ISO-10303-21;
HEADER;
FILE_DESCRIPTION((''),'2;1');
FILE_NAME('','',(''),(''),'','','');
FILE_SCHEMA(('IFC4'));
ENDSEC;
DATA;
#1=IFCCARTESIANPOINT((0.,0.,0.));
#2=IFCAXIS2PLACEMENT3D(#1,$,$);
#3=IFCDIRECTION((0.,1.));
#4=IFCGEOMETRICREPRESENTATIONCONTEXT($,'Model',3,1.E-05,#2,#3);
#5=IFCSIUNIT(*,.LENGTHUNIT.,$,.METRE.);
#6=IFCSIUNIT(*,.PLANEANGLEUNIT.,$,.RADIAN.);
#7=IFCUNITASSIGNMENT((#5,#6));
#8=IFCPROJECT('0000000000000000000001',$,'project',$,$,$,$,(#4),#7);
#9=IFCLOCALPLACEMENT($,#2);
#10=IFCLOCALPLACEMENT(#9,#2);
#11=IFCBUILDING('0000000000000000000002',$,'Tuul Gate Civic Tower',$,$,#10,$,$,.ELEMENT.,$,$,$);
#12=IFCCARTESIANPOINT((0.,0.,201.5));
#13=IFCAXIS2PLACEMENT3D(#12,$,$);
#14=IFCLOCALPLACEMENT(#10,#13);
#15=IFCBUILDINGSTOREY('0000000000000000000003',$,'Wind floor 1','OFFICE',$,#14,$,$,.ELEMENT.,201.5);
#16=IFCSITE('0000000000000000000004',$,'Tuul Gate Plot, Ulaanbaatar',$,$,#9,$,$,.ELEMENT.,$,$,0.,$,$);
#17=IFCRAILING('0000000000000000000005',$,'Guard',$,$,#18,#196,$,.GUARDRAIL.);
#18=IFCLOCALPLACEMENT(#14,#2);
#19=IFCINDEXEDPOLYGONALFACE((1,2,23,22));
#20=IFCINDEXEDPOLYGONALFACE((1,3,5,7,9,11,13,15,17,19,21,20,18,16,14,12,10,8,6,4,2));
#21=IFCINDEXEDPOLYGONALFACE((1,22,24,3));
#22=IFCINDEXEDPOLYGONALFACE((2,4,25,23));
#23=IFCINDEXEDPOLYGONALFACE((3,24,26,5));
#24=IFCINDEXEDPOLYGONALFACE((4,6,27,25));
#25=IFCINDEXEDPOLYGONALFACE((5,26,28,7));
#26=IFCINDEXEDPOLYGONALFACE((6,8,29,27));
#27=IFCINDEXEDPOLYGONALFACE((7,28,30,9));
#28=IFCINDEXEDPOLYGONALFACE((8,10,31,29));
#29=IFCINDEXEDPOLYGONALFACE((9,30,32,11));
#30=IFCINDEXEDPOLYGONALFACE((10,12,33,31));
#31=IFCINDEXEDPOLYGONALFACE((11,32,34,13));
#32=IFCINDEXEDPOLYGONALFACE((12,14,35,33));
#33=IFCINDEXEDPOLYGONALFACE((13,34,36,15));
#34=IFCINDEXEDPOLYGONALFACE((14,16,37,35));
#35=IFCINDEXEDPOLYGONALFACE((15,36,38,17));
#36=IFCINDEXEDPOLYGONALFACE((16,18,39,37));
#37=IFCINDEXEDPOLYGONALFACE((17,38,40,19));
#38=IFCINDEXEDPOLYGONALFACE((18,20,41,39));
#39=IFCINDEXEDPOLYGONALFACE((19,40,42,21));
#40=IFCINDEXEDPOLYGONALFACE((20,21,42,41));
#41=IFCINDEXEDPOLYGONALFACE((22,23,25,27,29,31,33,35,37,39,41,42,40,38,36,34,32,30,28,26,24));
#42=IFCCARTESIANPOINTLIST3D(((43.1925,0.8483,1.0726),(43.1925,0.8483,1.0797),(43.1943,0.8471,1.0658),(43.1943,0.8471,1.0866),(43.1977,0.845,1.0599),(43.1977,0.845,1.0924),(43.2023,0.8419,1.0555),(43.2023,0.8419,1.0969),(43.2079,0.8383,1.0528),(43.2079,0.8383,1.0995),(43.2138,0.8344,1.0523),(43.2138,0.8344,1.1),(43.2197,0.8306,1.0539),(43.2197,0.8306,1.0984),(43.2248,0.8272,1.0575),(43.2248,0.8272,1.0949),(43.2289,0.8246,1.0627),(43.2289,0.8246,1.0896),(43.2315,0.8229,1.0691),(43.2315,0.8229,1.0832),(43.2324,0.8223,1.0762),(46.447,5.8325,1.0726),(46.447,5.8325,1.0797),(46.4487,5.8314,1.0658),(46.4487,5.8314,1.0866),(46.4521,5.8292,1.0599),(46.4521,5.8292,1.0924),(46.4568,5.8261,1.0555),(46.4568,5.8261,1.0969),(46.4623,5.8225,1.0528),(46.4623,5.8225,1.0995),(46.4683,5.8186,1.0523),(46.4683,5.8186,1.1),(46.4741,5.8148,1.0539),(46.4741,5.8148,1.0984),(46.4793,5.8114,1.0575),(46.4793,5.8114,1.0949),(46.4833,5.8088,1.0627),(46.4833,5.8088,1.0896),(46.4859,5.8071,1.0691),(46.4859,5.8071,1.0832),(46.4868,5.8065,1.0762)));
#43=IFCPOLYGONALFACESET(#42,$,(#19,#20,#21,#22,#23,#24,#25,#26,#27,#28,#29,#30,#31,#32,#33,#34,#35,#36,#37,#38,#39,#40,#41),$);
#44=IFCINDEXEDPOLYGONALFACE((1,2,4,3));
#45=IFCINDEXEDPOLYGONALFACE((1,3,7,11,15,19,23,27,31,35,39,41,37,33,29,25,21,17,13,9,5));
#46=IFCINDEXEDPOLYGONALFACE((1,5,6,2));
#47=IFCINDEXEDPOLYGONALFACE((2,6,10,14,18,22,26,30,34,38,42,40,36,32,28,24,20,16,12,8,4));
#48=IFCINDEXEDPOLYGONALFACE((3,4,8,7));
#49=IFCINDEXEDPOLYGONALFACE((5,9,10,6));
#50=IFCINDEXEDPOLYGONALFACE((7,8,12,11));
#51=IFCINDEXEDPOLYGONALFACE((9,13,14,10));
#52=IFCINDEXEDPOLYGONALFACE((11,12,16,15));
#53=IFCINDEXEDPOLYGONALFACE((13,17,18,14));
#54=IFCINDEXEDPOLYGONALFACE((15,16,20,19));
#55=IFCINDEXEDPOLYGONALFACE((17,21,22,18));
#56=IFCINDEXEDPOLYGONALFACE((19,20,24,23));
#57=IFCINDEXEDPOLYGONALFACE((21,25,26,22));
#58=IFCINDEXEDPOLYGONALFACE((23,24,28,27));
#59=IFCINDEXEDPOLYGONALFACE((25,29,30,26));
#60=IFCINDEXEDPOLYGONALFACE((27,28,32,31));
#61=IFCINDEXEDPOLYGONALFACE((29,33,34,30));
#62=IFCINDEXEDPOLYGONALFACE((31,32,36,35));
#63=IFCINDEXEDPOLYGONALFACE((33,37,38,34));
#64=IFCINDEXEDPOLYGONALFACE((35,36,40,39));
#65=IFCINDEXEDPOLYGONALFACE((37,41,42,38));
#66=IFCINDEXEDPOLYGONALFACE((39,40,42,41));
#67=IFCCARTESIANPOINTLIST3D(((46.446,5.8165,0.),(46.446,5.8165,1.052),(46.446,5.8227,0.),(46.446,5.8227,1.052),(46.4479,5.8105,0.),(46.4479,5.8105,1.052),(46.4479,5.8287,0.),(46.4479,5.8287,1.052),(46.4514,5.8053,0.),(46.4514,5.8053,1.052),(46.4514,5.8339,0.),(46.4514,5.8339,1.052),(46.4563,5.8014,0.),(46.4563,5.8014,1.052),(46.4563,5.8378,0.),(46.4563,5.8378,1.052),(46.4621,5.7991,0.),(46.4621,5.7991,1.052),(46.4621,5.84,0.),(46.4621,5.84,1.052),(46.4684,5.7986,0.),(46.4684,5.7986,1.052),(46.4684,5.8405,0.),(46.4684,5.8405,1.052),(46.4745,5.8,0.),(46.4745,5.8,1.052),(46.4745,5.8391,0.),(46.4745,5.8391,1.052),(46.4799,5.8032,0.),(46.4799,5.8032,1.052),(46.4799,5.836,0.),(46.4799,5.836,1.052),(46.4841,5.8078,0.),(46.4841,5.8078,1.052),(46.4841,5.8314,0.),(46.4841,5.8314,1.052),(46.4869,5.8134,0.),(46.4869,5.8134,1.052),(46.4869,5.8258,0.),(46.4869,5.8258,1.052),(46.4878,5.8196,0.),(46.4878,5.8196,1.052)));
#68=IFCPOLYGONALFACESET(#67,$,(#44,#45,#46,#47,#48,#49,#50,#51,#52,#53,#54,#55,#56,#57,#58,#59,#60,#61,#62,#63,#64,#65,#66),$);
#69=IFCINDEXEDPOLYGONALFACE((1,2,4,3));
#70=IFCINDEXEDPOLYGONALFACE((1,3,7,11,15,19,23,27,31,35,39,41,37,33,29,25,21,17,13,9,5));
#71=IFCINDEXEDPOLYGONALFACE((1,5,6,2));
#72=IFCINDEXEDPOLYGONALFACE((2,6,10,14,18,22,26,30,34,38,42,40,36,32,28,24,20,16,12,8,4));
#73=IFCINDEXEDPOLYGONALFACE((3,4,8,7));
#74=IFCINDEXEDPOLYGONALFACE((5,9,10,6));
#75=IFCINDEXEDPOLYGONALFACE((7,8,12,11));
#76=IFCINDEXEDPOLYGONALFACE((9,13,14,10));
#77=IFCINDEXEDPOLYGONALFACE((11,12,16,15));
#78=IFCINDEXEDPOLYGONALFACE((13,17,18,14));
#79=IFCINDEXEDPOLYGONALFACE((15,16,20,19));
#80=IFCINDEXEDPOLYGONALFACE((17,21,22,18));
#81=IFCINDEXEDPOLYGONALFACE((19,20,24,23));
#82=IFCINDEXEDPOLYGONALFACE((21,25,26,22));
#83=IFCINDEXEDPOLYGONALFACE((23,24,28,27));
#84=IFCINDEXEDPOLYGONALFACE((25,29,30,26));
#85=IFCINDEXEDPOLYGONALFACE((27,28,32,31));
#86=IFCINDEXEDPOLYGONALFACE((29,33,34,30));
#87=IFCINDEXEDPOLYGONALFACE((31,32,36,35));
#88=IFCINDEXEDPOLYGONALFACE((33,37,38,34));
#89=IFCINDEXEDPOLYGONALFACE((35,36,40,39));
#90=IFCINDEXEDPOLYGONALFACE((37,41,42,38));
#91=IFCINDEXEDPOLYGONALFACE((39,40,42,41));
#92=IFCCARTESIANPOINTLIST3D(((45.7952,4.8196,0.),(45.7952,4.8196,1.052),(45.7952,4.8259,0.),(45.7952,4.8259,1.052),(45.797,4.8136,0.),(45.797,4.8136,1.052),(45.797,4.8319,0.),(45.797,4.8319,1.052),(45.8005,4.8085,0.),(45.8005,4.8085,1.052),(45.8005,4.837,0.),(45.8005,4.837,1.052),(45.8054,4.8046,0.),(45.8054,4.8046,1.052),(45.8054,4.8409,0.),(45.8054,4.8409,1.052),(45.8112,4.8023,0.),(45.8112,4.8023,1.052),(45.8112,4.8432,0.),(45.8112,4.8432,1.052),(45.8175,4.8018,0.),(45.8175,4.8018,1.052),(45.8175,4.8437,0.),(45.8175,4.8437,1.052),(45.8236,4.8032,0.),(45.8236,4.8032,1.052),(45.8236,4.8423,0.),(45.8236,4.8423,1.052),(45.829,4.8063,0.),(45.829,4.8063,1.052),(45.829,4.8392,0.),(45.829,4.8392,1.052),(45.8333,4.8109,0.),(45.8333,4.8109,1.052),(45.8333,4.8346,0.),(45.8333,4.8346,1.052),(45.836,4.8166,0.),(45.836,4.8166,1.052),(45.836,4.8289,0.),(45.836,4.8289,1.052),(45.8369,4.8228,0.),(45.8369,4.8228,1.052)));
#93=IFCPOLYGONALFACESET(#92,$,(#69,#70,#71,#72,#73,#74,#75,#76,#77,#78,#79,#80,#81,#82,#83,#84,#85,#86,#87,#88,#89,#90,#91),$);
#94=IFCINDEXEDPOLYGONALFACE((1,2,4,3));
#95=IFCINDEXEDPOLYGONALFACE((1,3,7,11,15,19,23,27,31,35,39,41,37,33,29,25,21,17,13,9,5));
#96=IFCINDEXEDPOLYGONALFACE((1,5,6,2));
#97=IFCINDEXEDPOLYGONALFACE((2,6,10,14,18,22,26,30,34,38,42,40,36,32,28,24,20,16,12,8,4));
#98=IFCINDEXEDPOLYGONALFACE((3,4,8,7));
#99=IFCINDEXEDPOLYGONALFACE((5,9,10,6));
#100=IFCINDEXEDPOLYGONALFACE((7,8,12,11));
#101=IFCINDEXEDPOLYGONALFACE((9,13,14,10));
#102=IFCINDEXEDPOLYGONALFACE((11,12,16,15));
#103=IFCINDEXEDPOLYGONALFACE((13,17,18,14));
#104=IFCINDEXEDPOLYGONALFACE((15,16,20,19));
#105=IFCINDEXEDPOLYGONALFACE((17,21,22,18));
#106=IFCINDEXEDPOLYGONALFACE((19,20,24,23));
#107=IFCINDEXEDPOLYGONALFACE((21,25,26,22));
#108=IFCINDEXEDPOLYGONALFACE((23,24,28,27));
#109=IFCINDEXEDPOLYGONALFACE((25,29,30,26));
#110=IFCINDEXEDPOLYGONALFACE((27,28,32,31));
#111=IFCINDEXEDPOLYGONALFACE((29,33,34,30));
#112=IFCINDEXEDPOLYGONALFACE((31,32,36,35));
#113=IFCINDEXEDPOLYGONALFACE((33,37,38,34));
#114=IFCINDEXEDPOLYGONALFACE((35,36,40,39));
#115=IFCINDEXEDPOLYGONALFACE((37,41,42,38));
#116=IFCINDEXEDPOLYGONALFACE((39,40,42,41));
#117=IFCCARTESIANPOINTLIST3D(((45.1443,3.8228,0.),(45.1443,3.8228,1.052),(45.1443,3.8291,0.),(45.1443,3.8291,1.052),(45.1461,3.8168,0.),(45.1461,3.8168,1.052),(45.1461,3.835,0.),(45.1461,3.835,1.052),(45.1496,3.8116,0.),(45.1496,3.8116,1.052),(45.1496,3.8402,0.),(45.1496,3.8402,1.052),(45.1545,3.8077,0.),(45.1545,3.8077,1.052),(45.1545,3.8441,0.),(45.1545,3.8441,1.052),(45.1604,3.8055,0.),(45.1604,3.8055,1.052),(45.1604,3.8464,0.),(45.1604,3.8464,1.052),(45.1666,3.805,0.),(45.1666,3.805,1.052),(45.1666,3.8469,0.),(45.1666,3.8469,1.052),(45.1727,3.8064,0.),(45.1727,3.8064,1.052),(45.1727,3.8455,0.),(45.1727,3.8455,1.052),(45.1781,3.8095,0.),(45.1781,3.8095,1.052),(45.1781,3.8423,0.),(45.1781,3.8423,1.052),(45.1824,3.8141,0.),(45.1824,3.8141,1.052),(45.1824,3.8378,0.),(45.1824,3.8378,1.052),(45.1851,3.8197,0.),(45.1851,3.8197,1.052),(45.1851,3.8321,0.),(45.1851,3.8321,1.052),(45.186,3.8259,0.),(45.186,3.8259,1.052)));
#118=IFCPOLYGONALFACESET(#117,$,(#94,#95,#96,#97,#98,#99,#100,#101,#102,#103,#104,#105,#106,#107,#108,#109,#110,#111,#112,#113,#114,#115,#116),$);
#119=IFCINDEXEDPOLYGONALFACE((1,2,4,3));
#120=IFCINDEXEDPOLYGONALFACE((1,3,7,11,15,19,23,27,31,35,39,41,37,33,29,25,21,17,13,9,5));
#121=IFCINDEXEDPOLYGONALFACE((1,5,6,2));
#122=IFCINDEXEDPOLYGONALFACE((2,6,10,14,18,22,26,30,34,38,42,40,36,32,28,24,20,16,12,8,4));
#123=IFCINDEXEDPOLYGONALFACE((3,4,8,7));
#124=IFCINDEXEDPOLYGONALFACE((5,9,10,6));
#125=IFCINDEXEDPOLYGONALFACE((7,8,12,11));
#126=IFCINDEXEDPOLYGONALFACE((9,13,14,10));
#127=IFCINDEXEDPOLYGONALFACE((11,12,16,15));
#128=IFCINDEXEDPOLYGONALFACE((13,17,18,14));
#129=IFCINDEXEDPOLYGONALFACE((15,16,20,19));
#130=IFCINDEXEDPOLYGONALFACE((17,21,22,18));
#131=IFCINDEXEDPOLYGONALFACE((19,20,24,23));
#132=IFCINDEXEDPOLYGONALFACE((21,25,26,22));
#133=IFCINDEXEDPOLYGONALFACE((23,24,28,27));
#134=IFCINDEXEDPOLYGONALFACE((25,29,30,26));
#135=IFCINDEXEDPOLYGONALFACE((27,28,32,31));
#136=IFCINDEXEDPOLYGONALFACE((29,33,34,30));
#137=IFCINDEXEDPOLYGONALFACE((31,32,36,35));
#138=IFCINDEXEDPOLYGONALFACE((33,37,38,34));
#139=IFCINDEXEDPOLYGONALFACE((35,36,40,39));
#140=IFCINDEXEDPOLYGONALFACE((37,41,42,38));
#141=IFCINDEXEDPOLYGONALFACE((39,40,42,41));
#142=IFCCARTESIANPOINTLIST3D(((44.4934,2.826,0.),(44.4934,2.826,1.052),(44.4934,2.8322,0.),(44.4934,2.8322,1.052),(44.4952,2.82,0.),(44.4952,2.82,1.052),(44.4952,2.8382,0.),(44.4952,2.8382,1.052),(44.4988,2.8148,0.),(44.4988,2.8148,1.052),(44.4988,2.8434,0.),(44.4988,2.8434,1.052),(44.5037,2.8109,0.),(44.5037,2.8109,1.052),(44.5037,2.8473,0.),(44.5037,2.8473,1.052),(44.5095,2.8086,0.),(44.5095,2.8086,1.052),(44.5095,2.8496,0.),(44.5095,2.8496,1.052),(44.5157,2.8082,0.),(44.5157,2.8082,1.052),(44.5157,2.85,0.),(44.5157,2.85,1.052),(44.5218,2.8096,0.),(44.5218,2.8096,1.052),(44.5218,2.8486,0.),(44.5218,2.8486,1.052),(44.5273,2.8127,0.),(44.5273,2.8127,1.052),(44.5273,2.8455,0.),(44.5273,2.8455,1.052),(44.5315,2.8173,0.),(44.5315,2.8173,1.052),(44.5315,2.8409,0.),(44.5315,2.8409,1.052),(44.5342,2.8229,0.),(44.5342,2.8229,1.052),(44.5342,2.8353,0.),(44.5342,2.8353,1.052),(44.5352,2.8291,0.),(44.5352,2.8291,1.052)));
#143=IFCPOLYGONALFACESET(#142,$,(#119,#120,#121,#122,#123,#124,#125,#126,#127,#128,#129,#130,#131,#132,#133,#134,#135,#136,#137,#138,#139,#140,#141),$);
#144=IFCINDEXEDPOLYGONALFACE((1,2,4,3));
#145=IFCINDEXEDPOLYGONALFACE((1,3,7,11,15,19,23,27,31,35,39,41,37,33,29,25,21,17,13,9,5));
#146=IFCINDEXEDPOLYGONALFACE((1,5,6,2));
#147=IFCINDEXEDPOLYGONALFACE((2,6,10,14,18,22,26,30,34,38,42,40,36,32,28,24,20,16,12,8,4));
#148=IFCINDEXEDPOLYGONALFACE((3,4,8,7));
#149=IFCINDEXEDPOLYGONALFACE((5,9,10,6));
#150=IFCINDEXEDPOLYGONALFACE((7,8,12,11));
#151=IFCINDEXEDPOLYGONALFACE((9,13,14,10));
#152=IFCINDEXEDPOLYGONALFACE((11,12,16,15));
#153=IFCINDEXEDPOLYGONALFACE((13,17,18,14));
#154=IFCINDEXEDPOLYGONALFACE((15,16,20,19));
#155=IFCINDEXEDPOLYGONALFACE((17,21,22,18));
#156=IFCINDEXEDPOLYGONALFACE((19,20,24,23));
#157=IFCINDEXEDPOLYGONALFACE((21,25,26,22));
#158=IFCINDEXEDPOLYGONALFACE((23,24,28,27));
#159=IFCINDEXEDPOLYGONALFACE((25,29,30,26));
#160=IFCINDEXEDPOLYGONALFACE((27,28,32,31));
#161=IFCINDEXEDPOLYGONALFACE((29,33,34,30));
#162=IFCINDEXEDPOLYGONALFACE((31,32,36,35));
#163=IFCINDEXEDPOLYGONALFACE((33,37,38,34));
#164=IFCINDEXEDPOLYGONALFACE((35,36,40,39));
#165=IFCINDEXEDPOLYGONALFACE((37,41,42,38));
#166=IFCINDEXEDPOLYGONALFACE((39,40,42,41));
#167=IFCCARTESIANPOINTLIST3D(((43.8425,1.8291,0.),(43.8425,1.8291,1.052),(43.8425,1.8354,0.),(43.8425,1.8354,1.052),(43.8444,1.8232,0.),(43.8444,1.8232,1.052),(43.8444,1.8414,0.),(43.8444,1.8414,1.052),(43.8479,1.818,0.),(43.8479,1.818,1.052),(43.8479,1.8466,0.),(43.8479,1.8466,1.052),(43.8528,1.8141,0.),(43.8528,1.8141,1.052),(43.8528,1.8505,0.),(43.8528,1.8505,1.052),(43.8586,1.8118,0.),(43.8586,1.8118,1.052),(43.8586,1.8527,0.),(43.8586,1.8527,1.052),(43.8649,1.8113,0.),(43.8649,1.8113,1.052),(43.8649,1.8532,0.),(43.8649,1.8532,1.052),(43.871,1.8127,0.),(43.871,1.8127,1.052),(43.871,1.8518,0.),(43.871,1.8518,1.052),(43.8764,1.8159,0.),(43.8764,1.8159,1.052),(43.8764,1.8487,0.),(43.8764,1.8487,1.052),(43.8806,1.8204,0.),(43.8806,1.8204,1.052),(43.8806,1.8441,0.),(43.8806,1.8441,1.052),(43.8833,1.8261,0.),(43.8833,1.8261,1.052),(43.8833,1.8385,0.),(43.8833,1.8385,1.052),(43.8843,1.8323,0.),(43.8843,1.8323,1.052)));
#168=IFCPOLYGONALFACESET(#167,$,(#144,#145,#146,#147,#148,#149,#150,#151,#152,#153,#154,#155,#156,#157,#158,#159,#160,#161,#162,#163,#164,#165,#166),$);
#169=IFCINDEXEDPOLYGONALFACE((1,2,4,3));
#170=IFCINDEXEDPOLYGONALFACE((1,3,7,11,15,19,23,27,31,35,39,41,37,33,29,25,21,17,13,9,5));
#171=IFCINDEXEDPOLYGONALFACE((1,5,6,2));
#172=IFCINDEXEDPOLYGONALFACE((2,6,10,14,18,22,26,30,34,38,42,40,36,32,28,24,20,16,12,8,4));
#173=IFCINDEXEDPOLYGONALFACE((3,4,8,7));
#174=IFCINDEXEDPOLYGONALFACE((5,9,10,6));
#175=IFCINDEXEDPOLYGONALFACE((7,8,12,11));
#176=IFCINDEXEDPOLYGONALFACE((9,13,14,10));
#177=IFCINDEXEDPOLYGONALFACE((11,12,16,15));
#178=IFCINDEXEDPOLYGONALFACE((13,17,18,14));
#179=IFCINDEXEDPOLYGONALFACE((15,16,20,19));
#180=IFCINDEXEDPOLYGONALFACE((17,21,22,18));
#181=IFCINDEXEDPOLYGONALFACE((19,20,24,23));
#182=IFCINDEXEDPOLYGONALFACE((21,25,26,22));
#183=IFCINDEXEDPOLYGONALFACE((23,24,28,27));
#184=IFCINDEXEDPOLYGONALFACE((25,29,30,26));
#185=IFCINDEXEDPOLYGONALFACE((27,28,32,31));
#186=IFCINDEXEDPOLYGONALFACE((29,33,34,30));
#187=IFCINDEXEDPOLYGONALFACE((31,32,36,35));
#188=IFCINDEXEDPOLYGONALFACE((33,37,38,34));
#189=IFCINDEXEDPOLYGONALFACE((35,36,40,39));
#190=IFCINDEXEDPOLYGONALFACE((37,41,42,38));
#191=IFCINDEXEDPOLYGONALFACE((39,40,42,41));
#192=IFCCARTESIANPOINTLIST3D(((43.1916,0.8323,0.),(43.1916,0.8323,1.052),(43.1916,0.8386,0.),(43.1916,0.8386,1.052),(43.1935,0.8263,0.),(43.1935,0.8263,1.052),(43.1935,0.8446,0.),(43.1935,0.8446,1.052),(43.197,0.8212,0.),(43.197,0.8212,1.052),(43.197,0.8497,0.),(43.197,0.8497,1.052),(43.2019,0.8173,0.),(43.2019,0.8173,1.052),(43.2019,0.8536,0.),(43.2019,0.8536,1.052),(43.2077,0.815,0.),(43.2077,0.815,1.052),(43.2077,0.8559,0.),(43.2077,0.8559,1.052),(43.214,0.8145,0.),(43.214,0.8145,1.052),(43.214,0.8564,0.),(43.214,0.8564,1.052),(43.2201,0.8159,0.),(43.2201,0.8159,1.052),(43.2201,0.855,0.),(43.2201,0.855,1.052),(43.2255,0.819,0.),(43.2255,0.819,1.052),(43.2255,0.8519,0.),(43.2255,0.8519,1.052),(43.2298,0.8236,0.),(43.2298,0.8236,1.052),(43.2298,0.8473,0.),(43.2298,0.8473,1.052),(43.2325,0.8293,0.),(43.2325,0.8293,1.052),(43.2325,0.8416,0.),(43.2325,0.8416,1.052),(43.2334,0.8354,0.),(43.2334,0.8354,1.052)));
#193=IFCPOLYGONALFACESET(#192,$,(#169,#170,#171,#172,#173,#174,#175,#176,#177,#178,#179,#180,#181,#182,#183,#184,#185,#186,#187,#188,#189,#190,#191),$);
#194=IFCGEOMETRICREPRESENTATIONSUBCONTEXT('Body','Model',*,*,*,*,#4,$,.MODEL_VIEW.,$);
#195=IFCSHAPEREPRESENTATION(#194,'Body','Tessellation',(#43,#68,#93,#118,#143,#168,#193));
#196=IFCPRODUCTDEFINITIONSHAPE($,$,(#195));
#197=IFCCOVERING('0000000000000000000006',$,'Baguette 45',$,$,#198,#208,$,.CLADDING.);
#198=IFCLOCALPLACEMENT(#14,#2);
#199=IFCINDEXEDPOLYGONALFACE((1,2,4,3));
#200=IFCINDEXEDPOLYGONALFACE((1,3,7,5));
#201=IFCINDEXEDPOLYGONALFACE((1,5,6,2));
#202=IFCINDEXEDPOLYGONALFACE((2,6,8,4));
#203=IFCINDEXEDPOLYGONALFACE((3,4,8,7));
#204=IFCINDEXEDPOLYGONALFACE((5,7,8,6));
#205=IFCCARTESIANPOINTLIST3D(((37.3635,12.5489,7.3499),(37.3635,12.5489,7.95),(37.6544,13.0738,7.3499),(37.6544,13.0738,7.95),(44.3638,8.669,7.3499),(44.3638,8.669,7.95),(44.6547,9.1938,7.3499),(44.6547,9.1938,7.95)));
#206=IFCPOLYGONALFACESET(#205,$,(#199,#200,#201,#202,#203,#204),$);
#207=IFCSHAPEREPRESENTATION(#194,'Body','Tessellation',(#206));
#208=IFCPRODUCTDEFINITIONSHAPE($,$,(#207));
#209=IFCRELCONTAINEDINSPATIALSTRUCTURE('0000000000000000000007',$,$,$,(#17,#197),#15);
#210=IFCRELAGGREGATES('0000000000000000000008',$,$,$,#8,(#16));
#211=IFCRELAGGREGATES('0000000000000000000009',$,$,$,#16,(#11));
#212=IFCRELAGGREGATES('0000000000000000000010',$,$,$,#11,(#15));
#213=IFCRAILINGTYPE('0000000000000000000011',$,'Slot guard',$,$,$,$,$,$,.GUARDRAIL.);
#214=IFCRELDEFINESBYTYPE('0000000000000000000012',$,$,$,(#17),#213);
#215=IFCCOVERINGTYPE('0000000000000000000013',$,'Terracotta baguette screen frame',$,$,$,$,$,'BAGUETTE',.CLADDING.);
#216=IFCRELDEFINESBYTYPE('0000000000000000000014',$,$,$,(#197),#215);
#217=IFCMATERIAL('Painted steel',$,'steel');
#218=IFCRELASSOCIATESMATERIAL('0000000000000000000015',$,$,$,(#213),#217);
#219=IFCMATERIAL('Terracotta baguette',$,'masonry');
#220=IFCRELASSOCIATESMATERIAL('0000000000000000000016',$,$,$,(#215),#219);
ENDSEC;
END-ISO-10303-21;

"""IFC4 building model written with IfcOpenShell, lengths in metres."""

from ifc_helpers import new_model, si_unit, direction, frame, origin, origin_2d, place, context, subcontext, project, spatial, rectangle, circle, extrude, material, material_profile, profile_set, type_object, element, save


model = new_model("IFC4")

# Units and contexts
model_context = context("Model", 3, precision=1e-05, world=origin(), true_north=direction((0.0, 1.0)))
body_context = subcontext(model_context, "Body", "Model", "MODEL_VIEW")
ifc_project = project(units=[si_unit("LENGTHUNIT", "METRE"), si_unit("PLANEANGLEUNIT", "RADIAN")], contexts=[model_context])

# Site, building, storey
site_placement = place(None, origin())
site = spatial("IfcSite", under=ifc_project, at=site_placement, Name="Tuul Gate Plot, Ulaanbaatar", CompositionType="ELEMENT", RefElevation=0.0)
building_placement = place(site_placement, origin())
building = spatial("IfcBuilding", under=site, at=building_placement, Name="Tuul Gate Civic Tower", CompositionType="ELEMENT")
storey_placement = place(building_placement, frame((0.0, 0.0, 201.5)))
storey = spatial("IfcBuildingStorey", under=building, at=storey_placement, Name="Wind floor 1", Description="OFFICE", CompositionType="ELEMENT", Elevation=201.5)

# Railing
ifc_material_1 = material(Name="Painted steel", Category="steel")
railing_type = type_object("IfcRailingType", Name="Slot guard", PredefinedType="GUARDRAIL", material=ifc_material_1)
railing_1_placement = place(storey_placement, frame((46.4668, 5.8196, 0.0)))
element("IfcRailing", 1, at=railing_1_placement, inside=storey, type_object=railing_type, Name="Guard", PredefinedType="GUARDRAIL", context=body_context, shape_type="SweptSolid", body=[
    extrude(circle(Radius=0.0239, at=origin_2d()), frame((0.0, 0.0, 1.0762), z_axis=(-0.546724, -0.837313, 0.0), x_axis=(0.837313, -0.546724, 0.0)), (0.0, 0.0, 1.0), 5.9526),
    extrude(circle(Radius=0.021, at=origin_2d()), origin(), (0.0, 0.0, 1.0), 1.052),
    extrude(circle(Radius=0.021, at=origin_2d()), frame((-0.6509, -0.9968, 0.0)), (0.0, 0.0, 1.0), 1.052),
    extrude(circle(Radius=0.021, at=origin_2d()), frame((-1.3018, -1.9937, 0.0)), (0.0, 0.0, 1.0), 1.052),
    extrude(circle(Radius=0.021, at=origin_2d()), frame((-1.9526, -2.9905, 0.0)), (0.0, 0.0, 1.0), 1.052),
    extrude(circle(Radius=0.021, at=origin_2d()), frame((-2.6035, -3.9873, 0.0)), (0.0, 0.0, 1.0), 1.052),
    extrude(circle(Radius=0.021, at=origin_2d()), frame((-3.2544, -4.9841, 0.0)), (0.0, 0.0, 1.0), 1.052),
])

# Covering
ifc_material_2 = material(Name="Terracotta baguette", Category="masonry")
ifc_material_profile_1 = material_profile(ifc_material_2, rectangle(XDim=0.6001, YDim=0.6001, at=origin_2d()), Name="Terracotta baguette screen frame")
ifc_profile_set_1 = profile_set([ifc_material_profile_1], Name="Terracotta baguette")
covering_type = type_object("IfcCoveringType", Name="Terracotta baguette screen frame", ElementType="BAGUETTE", PredefinedType="CLADDING", material=ifc_profile_set_1)
covering_1_placement = place(storey_placement, frame((44.5093, 8.9314, 7.6499), z_axis=(-0.874642, 0.48477, 0.0), x_axis=(-0.48477, -0.874642, 0.0)))
element("IfcCovering", 2, at=covering_1_placement, inside=storey, type_object=covering_type, Name="Baguette 45", PredefinedType="CLADDING", context=body_context, shape_type="SweptSolid", body=[
    extrude(rectangle(XDim=0.6001, YDim=0.6001, at=origin_2d()), origin(), (0.0, 0.0, 1.0), 8.0037),
])

save(model, "model.ifc")
